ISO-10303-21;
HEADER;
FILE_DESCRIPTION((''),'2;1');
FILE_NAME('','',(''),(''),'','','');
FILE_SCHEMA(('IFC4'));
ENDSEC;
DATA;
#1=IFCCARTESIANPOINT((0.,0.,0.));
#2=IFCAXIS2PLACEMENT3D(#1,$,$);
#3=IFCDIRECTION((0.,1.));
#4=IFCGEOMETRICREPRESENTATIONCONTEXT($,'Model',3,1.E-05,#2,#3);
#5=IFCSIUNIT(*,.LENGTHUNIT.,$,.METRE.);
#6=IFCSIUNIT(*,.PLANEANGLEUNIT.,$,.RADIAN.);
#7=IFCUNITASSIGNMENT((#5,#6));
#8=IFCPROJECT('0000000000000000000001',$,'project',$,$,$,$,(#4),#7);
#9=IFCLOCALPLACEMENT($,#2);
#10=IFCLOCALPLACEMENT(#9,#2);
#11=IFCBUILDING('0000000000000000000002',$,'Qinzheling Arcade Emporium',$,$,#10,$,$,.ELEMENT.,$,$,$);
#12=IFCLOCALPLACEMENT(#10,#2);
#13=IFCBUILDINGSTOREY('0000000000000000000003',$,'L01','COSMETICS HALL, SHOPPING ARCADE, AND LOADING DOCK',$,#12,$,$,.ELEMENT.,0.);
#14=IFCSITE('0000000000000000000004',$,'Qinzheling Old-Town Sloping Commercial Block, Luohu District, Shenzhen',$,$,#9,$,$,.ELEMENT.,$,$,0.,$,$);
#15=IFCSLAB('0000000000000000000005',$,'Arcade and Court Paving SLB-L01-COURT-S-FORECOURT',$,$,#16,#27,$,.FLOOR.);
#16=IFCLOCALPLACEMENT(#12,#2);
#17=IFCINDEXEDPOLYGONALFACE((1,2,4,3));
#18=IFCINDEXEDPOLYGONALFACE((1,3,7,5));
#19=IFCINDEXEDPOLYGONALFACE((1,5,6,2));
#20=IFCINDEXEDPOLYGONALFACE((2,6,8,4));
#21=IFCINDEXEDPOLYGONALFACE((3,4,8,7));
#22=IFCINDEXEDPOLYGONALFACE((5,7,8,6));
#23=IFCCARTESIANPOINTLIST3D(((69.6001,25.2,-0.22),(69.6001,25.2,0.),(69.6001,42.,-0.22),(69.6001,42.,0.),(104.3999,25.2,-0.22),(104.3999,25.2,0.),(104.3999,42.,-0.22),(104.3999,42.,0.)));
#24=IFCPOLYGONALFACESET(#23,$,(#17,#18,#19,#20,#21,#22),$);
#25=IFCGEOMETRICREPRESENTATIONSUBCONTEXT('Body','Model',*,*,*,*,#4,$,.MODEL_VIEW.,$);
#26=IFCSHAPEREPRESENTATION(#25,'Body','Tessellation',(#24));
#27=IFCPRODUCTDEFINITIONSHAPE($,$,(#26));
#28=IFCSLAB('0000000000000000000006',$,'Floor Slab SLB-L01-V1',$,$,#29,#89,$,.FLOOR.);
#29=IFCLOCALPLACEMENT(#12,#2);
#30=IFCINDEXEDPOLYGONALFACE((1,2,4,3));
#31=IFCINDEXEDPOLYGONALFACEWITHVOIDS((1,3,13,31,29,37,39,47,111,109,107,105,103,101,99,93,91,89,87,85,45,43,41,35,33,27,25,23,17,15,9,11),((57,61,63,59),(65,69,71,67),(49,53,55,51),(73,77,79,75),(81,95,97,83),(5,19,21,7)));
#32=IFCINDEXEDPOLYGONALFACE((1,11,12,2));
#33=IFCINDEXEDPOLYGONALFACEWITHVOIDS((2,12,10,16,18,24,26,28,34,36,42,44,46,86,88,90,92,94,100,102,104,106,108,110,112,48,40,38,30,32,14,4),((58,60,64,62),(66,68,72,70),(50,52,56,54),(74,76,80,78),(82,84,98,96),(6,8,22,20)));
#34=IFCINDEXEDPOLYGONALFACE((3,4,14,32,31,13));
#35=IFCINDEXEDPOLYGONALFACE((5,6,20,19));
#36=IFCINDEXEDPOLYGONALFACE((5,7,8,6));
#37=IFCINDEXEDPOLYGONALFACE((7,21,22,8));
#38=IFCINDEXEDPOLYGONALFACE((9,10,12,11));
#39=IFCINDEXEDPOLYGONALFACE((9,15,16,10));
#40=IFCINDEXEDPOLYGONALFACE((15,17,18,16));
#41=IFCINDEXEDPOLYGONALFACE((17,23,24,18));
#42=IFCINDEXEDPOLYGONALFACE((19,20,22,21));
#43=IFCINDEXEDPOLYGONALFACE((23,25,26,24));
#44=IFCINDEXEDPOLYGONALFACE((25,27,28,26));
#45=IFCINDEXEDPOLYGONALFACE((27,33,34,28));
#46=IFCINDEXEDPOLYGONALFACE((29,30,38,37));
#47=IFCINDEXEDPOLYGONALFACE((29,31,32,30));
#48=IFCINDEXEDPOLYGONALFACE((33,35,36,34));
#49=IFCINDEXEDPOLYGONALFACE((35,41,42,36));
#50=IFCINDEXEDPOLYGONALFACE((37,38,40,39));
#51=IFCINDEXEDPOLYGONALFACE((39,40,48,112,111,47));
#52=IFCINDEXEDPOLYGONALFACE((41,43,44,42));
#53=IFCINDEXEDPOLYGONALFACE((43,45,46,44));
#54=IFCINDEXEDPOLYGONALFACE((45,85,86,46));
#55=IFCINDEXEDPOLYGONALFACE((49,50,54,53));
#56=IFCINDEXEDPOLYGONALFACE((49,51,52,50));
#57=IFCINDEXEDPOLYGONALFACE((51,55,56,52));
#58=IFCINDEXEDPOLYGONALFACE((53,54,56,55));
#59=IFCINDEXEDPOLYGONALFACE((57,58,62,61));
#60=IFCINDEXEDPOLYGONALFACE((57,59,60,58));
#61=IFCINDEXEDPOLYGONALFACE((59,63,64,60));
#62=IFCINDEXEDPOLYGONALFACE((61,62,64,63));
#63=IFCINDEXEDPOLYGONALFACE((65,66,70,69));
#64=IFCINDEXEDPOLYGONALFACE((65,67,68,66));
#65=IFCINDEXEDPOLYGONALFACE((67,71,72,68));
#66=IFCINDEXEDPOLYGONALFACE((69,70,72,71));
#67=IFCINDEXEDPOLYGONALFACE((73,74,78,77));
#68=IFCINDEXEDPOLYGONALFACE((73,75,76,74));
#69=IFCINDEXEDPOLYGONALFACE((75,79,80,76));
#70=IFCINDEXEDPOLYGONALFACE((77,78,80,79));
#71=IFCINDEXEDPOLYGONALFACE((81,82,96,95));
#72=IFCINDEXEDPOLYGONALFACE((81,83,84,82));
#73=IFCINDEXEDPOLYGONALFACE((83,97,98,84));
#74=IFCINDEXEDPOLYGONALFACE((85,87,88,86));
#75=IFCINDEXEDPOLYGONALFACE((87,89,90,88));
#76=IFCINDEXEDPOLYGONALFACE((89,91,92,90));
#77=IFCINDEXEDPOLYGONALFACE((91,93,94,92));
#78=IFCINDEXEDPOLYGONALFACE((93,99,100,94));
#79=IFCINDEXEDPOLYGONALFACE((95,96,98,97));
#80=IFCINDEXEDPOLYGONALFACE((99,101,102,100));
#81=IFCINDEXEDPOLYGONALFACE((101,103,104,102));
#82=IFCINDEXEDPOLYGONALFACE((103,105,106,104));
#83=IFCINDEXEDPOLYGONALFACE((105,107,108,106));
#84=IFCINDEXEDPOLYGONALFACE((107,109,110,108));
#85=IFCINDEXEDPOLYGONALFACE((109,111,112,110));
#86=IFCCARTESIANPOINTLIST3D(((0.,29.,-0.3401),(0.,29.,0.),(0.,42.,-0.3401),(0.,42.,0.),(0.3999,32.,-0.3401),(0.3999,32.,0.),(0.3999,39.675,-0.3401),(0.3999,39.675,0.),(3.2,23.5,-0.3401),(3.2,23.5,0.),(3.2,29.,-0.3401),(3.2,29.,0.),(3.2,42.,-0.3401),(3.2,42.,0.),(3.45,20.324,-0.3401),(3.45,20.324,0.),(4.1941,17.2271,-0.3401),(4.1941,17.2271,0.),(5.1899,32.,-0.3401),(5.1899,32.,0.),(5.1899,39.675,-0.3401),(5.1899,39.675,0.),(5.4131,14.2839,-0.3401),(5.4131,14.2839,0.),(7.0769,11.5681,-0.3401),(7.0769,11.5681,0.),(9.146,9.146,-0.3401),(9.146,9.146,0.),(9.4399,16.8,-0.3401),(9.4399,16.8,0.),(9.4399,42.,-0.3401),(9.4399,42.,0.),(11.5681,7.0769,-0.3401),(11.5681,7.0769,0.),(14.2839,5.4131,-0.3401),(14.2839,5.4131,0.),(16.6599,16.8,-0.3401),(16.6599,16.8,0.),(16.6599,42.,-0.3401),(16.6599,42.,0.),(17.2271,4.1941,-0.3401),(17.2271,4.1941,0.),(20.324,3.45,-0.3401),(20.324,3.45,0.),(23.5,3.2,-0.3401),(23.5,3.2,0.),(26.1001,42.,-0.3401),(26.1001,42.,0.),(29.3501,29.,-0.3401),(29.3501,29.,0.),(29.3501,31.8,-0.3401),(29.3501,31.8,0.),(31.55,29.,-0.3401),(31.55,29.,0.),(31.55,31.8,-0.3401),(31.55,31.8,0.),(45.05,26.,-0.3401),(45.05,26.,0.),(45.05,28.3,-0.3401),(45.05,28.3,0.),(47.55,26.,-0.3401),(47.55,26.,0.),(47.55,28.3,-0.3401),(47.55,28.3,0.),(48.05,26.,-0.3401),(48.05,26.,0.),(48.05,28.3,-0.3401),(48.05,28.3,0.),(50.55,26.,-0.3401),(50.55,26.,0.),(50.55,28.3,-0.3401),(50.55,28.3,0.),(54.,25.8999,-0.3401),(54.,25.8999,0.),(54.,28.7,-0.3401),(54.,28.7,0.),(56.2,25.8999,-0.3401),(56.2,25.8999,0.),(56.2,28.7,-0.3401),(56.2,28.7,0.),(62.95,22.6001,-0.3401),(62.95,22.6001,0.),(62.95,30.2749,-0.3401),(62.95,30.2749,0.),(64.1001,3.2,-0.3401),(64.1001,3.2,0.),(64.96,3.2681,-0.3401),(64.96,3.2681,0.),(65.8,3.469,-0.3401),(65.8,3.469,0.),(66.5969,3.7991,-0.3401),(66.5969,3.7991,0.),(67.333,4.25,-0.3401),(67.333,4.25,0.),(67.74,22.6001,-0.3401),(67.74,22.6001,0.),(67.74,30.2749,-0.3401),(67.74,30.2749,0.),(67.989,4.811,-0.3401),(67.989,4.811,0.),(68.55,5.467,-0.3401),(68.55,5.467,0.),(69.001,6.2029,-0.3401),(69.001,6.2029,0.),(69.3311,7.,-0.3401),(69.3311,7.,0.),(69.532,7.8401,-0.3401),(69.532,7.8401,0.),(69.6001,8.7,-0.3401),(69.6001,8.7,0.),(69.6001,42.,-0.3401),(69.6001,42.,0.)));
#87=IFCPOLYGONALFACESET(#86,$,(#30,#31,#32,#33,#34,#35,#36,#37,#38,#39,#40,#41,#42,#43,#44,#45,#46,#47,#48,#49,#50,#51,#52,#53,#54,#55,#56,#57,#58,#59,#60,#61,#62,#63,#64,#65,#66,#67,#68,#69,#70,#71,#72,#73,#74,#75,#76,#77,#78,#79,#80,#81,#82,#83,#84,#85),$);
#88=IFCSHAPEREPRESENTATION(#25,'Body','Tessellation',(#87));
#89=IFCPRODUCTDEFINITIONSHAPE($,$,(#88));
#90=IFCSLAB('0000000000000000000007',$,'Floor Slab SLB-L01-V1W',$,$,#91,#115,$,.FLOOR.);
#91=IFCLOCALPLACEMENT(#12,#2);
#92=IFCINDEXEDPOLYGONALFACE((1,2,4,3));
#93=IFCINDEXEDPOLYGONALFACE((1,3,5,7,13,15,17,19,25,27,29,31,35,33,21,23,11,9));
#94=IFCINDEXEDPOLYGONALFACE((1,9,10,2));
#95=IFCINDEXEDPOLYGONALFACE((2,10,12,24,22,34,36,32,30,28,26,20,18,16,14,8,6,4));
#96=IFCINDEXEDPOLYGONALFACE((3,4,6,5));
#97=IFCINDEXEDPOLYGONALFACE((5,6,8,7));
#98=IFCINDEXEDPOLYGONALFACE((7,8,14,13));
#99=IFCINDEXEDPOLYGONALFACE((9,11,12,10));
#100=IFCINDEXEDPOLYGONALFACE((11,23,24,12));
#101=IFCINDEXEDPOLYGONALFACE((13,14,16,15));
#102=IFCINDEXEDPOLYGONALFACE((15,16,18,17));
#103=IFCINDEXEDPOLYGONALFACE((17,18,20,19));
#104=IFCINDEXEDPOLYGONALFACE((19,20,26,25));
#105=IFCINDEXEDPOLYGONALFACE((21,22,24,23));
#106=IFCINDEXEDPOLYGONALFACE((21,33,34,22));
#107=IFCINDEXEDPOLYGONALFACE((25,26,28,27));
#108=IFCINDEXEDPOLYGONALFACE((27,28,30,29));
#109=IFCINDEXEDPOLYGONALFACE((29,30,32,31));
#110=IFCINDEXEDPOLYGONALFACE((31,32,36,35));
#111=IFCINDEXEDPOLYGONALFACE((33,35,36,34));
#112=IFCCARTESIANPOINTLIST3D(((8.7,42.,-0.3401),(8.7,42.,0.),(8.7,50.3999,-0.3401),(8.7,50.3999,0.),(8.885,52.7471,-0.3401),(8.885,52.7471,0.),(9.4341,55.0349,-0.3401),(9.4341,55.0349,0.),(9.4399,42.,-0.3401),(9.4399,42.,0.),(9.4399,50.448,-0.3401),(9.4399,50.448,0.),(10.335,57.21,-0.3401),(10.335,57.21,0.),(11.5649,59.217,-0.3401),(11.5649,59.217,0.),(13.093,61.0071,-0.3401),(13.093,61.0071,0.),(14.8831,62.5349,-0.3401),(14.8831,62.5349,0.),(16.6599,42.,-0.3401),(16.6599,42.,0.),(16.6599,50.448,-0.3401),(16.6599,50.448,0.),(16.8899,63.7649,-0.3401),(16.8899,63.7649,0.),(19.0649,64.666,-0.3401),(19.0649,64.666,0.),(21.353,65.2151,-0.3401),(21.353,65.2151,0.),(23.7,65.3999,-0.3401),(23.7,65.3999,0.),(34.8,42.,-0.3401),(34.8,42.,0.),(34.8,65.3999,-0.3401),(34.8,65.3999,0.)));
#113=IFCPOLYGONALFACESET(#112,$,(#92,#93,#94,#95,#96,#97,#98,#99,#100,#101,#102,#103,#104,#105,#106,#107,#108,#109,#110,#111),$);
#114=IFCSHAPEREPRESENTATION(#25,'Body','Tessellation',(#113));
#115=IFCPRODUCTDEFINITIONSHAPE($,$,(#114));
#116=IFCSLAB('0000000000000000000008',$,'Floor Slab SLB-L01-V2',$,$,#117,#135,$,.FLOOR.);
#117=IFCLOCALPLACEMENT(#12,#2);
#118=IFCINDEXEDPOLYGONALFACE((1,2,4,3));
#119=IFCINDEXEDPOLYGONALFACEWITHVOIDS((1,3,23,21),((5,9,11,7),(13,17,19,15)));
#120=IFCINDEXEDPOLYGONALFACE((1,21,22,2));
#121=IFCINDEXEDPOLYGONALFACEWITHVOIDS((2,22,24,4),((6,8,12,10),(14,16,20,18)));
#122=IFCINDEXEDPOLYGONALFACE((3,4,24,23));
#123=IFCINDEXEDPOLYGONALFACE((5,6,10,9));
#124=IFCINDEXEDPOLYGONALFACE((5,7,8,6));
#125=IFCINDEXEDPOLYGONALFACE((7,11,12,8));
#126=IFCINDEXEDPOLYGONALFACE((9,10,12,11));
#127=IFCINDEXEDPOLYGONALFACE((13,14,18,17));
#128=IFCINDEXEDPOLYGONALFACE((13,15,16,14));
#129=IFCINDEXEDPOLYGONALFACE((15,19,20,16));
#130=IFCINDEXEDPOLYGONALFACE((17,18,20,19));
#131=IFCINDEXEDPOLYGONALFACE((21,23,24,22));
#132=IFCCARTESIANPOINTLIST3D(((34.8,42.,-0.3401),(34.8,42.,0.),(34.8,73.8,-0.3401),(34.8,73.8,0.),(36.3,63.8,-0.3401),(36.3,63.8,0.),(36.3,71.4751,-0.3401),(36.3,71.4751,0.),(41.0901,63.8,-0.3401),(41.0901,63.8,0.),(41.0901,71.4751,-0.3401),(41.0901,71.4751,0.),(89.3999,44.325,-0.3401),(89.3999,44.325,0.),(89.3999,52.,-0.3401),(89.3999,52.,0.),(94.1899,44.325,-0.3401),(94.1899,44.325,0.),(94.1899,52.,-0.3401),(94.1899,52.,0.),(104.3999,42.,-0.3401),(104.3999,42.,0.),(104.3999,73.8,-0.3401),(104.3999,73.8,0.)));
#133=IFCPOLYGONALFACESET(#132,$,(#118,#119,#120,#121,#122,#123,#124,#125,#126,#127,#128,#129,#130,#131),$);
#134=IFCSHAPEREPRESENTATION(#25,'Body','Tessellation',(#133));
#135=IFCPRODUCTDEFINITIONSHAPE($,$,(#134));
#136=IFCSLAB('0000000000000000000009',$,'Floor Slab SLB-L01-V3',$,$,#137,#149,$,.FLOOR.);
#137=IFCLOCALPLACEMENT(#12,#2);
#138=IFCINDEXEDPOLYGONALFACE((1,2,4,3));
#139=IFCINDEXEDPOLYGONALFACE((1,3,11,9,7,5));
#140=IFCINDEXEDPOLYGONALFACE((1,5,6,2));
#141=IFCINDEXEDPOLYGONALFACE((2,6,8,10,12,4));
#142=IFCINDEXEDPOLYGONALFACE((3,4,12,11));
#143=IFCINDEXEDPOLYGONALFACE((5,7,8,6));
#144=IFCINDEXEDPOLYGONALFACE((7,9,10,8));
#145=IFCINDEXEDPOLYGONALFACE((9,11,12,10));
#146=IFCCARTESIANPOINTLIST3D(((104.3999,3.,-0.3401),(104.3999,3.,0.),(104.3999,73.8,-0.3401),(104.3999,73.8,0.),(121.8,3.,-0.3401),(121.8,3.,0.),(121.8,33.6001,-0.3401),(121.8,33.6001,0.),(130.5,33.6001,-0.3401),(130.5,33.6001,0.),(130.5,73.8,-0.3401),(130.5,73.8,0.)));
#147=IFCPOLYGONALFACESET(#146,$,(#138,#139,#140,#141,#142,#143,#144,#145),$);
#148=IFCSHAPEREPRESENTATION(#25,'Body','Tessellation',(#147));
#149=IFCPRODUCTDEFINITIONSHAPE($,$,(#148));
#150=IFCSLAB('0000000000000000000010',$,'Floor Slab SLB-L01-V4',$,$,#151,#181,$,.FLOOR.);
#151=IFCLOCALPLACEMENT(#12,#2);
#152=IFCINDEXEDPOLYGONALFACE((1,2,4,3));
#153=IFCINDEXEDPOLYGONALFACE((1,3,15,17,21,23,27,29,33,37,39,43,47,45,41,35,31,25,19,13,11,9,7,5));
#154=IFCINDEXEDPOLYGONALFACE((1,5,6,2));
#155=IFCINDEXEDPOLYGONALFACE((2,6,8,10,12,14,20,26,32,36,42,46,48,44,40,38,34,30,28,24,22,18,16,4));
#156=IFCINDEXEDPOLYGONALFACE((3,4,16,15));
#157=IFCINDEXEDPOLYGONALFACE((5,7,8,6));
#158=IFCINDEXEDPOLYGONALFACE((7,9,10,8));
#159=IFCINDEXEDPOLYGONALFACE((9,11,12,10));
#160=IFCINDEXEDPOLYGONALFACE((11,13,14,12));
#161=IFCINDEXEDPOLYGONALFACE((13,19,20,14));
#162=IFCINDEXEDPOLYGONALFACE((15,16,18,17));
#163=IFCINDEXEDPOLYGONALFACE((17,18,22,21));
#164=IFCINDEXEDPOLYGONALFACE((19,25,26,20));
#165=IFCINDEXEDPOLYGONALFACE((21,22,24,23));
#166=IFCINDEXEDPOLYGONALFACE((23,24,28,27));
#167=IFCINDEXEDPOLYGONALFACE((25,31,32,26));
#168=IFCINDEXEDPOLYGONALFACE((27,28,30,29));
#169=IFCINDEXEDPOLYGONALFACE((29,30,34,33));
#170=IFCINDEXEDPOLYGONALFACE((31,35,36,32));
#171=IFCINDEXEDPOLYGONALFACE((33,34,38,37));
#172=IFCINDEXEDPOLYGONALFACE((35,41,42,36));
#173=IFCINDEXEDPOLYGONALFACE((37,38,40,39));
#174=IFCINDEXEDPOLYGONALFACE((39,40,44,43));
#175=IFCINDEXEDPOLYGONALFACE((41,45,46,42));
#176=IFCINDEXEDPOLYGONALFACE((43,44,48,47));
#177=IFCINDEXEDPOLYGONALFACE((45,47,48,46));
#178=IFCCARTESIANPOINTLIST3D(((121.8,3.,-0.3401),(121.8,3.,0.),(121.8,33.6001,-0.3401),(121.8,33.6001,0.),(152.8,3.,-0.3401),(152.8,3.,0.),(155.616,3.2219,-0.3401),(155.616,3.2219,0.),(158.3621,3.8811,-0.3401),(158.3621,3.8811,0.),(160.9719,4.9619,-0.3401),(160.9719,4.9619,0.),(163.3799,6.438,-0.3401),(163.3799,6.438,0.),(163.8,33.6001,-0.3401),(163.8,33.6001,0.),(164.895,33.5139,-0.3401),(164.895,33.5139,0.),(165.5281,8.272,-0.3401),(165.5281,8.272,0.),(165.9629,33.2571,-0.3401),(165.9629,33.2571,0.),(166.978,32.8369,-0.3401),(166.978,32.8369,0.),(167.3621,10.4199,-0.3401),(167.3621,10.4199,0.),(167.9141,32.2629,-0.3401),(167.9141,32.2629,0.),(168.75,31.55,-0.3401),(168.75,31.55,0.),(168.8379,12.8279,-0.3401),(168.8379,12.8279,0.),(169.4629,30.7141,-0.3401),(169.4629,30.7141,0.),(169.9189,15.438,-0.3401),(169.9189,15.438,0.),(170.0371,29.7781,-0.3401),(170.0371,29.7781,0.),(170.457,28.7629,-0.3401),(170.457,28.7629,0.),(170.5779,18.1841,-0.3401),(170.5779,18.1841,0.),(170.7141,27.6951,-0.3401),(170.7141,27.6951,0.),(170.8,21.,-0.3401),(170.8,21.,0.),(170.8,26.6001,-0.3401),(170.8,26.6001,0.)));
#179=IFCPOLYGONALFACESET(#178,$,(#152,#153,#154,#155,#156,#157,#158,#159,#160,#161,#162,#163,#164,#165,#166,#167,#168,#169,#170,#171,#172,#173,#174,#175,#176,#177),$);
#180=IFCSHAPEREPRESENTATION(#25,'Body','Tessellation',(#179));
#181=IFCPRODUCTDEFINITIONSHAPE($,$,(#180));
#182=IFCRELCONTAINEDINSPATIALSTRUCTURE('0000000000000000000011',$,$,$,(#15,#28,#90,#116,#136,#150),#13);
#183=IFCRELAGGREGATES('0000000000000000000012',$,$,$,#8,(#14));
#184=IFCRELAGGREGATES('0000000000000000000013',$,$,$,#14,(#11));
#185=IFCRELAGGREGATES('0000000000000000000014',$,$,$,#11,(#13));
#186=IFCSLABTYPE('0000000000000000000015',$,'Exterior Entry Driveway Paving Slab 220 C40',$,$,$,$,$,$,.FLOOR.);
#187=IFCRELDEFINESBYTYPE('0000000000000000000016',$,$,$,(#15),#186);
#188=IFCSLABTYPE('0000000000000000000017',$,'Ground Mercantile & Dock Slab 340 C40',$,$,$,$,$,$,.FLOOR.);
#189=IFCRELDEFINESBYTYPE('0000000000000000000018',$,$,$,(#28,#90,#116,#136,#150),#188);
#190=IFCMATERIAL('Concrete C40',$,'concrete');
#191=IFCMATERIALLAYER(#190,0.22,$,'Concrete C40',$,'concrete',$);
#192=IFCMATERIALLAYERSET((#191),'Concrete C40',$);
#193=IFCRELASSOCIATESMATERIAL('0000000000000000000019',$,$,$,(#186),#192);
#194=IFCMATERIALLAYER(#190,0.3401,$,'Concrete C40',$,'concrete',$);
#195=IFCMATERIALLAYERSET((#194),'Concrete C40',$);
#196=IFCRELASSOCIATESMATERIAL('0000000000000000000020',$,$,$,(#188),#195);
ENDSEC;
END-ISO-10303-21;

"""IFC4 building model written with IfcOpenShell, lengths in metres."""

from ifc_helpers import new_model, si_unit, direction, frame, origin, place, context, subcontext, project, spatial, polyline, outline, extrude, material, layer, layer_set, type_object, element, save


model = new_model("IFC4")

# Units and contexts
model_context = context("Model", 3, precision=1e-05, world=origin(), true_north=direction((0.0, 1.0)))
body_context = subcontext(model_context, "Body", "Model", "MODEL_VIEW")
ifc_project = project(units=[si_unit("LENGTHUNIT", "METRE"), si_unit("PLANEANGLEUNIT", "RADIAN")], contexts=[model_context])

# Site, building, storey
site_placement = place(None, origin())
site = spatial("IfcSite", under=ifc_project, at=site_placement, Name="Qinzheling Old-Town Sloping Commercial Block, Luohu District, Shenzhen", CompositionType="ELEMENT", RefElevation=0.0)
building_placement = place(site_placement, origin())
building = spatial("IfcBuilding", under=site, at=building_placement, Name="Qinzheling Arcade Emporium", CompositionType="ELEMENT")
storey_placement = place(building_placement, origin())
storey = spatial("IfcBuildingStorey", under=building, at=storey_placement, Name="L01", Description="COSMETICS HALL, SHOPPING ARCADE, AND LOADING DOCK", CompositionType="ELEMENT", Elevation=0.0)

# Slabs
ifc_material = material(Name="Concrete C40", Category="concrete")
ifc_layer_1 = layer(ifc_material, 0.22, Name="Concrete C40", Category="concrete")
ifc_layer_set_1 = layer_set([ifc_layer_1], Name="Concrete C40")
slab_type_1 = type_object("IfcSlabType", Name="Exterior Entry Driveway Paving Slab 220 C40", PredefinedType="FLOOR", material=ifc_layer_set_1)
slab_1_placement = place(storey_placement, frame((0.0, 0.0, -0.22)))
element("IfcSlab", 1, at=slab_1_placement, inside=storey, type_object=slab_type_1, Name="Arcade and Court Paving SLB-L01-COURT-S-FORECOURT", PredefinedType="FLOOR", context=body_context, shape_type="SweptSolid", body=[
    extrude(outline(polyline([(104.3999, 25.2), (104.3999, 42.0), (69.6001, 42.0), (69.6001, 25.2), (104.3999, 25.2)])), origin(), (0.0, 0.0, 1.0), 0.22),
])
ifc_layer_2 = layer(ifc_material, 0.3401, Name="Concrete C40", Category="concrete")
ifc_layer_set_2 = layer_set([ifc_layer_2], Name="Concrete C40")
slab_type_2 = type_object("IfcSlabType", Name="Ground Mercantile & Dock Slab 340 C40", PredefinedType="FLOOR", material=ifc_layer_set_2)
slab_2_placement = place(storey_placement, frame((0.0, 0.0, -0.3401)))
element("IfcSlab", 2, at=slab_2_placement, inside=storey, type_object=slab_type_2, Name="Floor Slab SLB-L01-V1", PredefinedType="FLOOR", context=body_context, shape_type="SweptSolid", body=[
    extrude(outline(polyline([(26.1001, 42.0), (16.6599, 42.0), (16.6599, 16.8), (9.4399, 16.8), (9.4399, 42.0), (3.2, 42.0), (0.0, 42.0), (0.0, 29.0), (3.2, 29.0), (3.2, 23.5), (3.45, 20.324), (4.1941, 17.2271), (5.4131, 14.2839), (7.0769, 11.5681), (9.146, 9.146), (11.5681, 7.0769), (14.2839, 5.4131), (17.2271, 4.1941), (20.324, 3.45), (23.5, 3.2), (64.1001, 3.2), (64.96, 3.2681), (65.8, 3.469), (66.5969, 3.7991), (67.333, 4.25), (67.989, 4.811), (68.55, 5.467), (69.001, 6.2029), (69.3311, 7.0), (69.532, 7.8401), (69.6001, 8.7), (69.6001, 42.0), (26.1001, 42.0)]), holes=[polyline([(67.74, 30.2749), (67.74, 22.6001), (62.95, 22.6001), (62.95, 30.2749), (67.74, 30.2749)]), polyline([(56.2, 28.7), (56.2, 25.8999), (54.0, 25.8999), (54.0, 28.7), (56.2, 28.7)]), polyline([(50.55, 28.3), (50.55, 26.0), (48.05, 26.0), (48.05, 28.3), (50.55, 28.3)]), polyline([(47.55, 28.3), (47.55, 26.0), (45.05, 26.0), (45.05, 28.3), (47.55, 28.3)]), polyline([(31.55, 31.8), (31.55, 29.0), (29.3501, 29.0), (29.3501, 31.8), (31.55, 31.8)]), polyline([(5.1899, 39.675), (5.1899, 32.0), (0.3999, 32.0), (0.3999, 39.675), (5.1899, 39.675)])]), origin(), (0.0, 0.0, 1.0), 0.3401),
])
slab_3_placement = place(storey_placement, frame((0.0, 0.0, -0.3401)))
element("IfcSlab", 3, at=slab_3_placement, inside=storey, type_object=slab_type_2, Name="Floor Slab SLB-L01-V1W", PredefinedType="FLOOR", context=body_context, shape_type="SweptSolid", body=[
    extrude(outline(polyline([(8.7, 50.3999), (8.7, 42.0), (9.4399, 42.0), (9.4399, 50.448), (16.6599, 50.448), (16.6599, 42.0), (34.8, 42.0), (34.8, 65.3999), (23.7, 65.3999), (21.353, 65.2151), (19.0649, 64.666), (16.8899, 63.7649), (14.8831, 62.5349), (13.093, 61.0071), (11.5649, 59.217), (10.335, 57.21), (9.4341, 55.0349), (8.885, 52.7471), (8.7, 50.3999)])), origin(), (0.0, 0.0, 1.0), 0.3401),
])
slab_4_placement = place(storey_placement, frame((0.0, 0.0, -0.3401)))
element("IfcSlab", 4, at=slab_4_placement, inside=storey, type_object=slab_type_2, Name="Floor Slab SLB-L01-V2", PredefinedType="FLOOR", context=body_context, shape_type="SweptSolid", body=[
    extrude(outline(polyline([(34.8, 42.0), (104.3999, 42.0), (104.3999, 73.8), (34.8, 73.8), (34.8, 42.0)]), holes=[polyline([(94.1899, 44.325), (89.3999, 44.325), (89.3999, 52.0), (94.1899, 52.0), (94.1899, 44.325)]), polyline([(41.0901, 63.8), (36.3, 63.8), (36.3, 71.4751), (41.0901, 71.4751), (41.0901, 63.8)])]), origin(), (0.0, 0.0, 1.0), 0.3401),
])
slab_5_placement = place(storey_placement, frame((0.0, 0.0, -0.3401)))
element("IfcSlab", 5, at=slab_5_placement, inside=storey, type_object=slab_type_2, Name="Floor Slab SLB-L01-V3", PredefinedType="FLOOR", context=body_context, shape_type="SweptSolid", body=[
    extrude(outline(polyline([(104.3999, 3.0), (121.8, 3.0), (121.8, 33.6001), (130.5, 33.6001), (130.5, 73.8), (104.3999, 73.8), (104.3999, 3.0)])), origin(), (0.0, 0.0, 1.0), 0.3401),
])
slab_6_placement = place(storey_placement, frame((0.0, 0.0, -0.3401)))
element("IfcSlab", 6, at=slab_6_placement, inside=storey, type_object=slab_type_2, Name="Floor Slab SLB-L01-V4", PredefinedType="FLOOR", context=body_context, shape_type="SweptSolid", body=[
    extrude(outline(polyline([(121.8, 33.6001), (121.8, 3.0), (152.8, 3.0), (155.616, 3.2219), (158.3621, 3.8811), (160.9719, 4.9619), (163.3799, 6.438), (165.5281, 8.272), (167.3621, 10.4199), (168.8379, 12.8279), (169.9189, 15.438), (170.5779, 18.1841), (170.8, 21.0), (170.8, 26.6001), (170.7141, 27.6951), (170.457, 28.7629), (170.0371, 29.7781), (169.4629, 30.7141), (168.75, 31.55), (167.9141, 32.2629), (166.978, 32.8369), (165.9629, 33.2571), (164.895, 33.5139), (163.8, 33.6001), (121.8, 33.6001)])), origin(), (0.0, 0.0, 1.0), 0.3401),
])

save(model, "model.ifc")
